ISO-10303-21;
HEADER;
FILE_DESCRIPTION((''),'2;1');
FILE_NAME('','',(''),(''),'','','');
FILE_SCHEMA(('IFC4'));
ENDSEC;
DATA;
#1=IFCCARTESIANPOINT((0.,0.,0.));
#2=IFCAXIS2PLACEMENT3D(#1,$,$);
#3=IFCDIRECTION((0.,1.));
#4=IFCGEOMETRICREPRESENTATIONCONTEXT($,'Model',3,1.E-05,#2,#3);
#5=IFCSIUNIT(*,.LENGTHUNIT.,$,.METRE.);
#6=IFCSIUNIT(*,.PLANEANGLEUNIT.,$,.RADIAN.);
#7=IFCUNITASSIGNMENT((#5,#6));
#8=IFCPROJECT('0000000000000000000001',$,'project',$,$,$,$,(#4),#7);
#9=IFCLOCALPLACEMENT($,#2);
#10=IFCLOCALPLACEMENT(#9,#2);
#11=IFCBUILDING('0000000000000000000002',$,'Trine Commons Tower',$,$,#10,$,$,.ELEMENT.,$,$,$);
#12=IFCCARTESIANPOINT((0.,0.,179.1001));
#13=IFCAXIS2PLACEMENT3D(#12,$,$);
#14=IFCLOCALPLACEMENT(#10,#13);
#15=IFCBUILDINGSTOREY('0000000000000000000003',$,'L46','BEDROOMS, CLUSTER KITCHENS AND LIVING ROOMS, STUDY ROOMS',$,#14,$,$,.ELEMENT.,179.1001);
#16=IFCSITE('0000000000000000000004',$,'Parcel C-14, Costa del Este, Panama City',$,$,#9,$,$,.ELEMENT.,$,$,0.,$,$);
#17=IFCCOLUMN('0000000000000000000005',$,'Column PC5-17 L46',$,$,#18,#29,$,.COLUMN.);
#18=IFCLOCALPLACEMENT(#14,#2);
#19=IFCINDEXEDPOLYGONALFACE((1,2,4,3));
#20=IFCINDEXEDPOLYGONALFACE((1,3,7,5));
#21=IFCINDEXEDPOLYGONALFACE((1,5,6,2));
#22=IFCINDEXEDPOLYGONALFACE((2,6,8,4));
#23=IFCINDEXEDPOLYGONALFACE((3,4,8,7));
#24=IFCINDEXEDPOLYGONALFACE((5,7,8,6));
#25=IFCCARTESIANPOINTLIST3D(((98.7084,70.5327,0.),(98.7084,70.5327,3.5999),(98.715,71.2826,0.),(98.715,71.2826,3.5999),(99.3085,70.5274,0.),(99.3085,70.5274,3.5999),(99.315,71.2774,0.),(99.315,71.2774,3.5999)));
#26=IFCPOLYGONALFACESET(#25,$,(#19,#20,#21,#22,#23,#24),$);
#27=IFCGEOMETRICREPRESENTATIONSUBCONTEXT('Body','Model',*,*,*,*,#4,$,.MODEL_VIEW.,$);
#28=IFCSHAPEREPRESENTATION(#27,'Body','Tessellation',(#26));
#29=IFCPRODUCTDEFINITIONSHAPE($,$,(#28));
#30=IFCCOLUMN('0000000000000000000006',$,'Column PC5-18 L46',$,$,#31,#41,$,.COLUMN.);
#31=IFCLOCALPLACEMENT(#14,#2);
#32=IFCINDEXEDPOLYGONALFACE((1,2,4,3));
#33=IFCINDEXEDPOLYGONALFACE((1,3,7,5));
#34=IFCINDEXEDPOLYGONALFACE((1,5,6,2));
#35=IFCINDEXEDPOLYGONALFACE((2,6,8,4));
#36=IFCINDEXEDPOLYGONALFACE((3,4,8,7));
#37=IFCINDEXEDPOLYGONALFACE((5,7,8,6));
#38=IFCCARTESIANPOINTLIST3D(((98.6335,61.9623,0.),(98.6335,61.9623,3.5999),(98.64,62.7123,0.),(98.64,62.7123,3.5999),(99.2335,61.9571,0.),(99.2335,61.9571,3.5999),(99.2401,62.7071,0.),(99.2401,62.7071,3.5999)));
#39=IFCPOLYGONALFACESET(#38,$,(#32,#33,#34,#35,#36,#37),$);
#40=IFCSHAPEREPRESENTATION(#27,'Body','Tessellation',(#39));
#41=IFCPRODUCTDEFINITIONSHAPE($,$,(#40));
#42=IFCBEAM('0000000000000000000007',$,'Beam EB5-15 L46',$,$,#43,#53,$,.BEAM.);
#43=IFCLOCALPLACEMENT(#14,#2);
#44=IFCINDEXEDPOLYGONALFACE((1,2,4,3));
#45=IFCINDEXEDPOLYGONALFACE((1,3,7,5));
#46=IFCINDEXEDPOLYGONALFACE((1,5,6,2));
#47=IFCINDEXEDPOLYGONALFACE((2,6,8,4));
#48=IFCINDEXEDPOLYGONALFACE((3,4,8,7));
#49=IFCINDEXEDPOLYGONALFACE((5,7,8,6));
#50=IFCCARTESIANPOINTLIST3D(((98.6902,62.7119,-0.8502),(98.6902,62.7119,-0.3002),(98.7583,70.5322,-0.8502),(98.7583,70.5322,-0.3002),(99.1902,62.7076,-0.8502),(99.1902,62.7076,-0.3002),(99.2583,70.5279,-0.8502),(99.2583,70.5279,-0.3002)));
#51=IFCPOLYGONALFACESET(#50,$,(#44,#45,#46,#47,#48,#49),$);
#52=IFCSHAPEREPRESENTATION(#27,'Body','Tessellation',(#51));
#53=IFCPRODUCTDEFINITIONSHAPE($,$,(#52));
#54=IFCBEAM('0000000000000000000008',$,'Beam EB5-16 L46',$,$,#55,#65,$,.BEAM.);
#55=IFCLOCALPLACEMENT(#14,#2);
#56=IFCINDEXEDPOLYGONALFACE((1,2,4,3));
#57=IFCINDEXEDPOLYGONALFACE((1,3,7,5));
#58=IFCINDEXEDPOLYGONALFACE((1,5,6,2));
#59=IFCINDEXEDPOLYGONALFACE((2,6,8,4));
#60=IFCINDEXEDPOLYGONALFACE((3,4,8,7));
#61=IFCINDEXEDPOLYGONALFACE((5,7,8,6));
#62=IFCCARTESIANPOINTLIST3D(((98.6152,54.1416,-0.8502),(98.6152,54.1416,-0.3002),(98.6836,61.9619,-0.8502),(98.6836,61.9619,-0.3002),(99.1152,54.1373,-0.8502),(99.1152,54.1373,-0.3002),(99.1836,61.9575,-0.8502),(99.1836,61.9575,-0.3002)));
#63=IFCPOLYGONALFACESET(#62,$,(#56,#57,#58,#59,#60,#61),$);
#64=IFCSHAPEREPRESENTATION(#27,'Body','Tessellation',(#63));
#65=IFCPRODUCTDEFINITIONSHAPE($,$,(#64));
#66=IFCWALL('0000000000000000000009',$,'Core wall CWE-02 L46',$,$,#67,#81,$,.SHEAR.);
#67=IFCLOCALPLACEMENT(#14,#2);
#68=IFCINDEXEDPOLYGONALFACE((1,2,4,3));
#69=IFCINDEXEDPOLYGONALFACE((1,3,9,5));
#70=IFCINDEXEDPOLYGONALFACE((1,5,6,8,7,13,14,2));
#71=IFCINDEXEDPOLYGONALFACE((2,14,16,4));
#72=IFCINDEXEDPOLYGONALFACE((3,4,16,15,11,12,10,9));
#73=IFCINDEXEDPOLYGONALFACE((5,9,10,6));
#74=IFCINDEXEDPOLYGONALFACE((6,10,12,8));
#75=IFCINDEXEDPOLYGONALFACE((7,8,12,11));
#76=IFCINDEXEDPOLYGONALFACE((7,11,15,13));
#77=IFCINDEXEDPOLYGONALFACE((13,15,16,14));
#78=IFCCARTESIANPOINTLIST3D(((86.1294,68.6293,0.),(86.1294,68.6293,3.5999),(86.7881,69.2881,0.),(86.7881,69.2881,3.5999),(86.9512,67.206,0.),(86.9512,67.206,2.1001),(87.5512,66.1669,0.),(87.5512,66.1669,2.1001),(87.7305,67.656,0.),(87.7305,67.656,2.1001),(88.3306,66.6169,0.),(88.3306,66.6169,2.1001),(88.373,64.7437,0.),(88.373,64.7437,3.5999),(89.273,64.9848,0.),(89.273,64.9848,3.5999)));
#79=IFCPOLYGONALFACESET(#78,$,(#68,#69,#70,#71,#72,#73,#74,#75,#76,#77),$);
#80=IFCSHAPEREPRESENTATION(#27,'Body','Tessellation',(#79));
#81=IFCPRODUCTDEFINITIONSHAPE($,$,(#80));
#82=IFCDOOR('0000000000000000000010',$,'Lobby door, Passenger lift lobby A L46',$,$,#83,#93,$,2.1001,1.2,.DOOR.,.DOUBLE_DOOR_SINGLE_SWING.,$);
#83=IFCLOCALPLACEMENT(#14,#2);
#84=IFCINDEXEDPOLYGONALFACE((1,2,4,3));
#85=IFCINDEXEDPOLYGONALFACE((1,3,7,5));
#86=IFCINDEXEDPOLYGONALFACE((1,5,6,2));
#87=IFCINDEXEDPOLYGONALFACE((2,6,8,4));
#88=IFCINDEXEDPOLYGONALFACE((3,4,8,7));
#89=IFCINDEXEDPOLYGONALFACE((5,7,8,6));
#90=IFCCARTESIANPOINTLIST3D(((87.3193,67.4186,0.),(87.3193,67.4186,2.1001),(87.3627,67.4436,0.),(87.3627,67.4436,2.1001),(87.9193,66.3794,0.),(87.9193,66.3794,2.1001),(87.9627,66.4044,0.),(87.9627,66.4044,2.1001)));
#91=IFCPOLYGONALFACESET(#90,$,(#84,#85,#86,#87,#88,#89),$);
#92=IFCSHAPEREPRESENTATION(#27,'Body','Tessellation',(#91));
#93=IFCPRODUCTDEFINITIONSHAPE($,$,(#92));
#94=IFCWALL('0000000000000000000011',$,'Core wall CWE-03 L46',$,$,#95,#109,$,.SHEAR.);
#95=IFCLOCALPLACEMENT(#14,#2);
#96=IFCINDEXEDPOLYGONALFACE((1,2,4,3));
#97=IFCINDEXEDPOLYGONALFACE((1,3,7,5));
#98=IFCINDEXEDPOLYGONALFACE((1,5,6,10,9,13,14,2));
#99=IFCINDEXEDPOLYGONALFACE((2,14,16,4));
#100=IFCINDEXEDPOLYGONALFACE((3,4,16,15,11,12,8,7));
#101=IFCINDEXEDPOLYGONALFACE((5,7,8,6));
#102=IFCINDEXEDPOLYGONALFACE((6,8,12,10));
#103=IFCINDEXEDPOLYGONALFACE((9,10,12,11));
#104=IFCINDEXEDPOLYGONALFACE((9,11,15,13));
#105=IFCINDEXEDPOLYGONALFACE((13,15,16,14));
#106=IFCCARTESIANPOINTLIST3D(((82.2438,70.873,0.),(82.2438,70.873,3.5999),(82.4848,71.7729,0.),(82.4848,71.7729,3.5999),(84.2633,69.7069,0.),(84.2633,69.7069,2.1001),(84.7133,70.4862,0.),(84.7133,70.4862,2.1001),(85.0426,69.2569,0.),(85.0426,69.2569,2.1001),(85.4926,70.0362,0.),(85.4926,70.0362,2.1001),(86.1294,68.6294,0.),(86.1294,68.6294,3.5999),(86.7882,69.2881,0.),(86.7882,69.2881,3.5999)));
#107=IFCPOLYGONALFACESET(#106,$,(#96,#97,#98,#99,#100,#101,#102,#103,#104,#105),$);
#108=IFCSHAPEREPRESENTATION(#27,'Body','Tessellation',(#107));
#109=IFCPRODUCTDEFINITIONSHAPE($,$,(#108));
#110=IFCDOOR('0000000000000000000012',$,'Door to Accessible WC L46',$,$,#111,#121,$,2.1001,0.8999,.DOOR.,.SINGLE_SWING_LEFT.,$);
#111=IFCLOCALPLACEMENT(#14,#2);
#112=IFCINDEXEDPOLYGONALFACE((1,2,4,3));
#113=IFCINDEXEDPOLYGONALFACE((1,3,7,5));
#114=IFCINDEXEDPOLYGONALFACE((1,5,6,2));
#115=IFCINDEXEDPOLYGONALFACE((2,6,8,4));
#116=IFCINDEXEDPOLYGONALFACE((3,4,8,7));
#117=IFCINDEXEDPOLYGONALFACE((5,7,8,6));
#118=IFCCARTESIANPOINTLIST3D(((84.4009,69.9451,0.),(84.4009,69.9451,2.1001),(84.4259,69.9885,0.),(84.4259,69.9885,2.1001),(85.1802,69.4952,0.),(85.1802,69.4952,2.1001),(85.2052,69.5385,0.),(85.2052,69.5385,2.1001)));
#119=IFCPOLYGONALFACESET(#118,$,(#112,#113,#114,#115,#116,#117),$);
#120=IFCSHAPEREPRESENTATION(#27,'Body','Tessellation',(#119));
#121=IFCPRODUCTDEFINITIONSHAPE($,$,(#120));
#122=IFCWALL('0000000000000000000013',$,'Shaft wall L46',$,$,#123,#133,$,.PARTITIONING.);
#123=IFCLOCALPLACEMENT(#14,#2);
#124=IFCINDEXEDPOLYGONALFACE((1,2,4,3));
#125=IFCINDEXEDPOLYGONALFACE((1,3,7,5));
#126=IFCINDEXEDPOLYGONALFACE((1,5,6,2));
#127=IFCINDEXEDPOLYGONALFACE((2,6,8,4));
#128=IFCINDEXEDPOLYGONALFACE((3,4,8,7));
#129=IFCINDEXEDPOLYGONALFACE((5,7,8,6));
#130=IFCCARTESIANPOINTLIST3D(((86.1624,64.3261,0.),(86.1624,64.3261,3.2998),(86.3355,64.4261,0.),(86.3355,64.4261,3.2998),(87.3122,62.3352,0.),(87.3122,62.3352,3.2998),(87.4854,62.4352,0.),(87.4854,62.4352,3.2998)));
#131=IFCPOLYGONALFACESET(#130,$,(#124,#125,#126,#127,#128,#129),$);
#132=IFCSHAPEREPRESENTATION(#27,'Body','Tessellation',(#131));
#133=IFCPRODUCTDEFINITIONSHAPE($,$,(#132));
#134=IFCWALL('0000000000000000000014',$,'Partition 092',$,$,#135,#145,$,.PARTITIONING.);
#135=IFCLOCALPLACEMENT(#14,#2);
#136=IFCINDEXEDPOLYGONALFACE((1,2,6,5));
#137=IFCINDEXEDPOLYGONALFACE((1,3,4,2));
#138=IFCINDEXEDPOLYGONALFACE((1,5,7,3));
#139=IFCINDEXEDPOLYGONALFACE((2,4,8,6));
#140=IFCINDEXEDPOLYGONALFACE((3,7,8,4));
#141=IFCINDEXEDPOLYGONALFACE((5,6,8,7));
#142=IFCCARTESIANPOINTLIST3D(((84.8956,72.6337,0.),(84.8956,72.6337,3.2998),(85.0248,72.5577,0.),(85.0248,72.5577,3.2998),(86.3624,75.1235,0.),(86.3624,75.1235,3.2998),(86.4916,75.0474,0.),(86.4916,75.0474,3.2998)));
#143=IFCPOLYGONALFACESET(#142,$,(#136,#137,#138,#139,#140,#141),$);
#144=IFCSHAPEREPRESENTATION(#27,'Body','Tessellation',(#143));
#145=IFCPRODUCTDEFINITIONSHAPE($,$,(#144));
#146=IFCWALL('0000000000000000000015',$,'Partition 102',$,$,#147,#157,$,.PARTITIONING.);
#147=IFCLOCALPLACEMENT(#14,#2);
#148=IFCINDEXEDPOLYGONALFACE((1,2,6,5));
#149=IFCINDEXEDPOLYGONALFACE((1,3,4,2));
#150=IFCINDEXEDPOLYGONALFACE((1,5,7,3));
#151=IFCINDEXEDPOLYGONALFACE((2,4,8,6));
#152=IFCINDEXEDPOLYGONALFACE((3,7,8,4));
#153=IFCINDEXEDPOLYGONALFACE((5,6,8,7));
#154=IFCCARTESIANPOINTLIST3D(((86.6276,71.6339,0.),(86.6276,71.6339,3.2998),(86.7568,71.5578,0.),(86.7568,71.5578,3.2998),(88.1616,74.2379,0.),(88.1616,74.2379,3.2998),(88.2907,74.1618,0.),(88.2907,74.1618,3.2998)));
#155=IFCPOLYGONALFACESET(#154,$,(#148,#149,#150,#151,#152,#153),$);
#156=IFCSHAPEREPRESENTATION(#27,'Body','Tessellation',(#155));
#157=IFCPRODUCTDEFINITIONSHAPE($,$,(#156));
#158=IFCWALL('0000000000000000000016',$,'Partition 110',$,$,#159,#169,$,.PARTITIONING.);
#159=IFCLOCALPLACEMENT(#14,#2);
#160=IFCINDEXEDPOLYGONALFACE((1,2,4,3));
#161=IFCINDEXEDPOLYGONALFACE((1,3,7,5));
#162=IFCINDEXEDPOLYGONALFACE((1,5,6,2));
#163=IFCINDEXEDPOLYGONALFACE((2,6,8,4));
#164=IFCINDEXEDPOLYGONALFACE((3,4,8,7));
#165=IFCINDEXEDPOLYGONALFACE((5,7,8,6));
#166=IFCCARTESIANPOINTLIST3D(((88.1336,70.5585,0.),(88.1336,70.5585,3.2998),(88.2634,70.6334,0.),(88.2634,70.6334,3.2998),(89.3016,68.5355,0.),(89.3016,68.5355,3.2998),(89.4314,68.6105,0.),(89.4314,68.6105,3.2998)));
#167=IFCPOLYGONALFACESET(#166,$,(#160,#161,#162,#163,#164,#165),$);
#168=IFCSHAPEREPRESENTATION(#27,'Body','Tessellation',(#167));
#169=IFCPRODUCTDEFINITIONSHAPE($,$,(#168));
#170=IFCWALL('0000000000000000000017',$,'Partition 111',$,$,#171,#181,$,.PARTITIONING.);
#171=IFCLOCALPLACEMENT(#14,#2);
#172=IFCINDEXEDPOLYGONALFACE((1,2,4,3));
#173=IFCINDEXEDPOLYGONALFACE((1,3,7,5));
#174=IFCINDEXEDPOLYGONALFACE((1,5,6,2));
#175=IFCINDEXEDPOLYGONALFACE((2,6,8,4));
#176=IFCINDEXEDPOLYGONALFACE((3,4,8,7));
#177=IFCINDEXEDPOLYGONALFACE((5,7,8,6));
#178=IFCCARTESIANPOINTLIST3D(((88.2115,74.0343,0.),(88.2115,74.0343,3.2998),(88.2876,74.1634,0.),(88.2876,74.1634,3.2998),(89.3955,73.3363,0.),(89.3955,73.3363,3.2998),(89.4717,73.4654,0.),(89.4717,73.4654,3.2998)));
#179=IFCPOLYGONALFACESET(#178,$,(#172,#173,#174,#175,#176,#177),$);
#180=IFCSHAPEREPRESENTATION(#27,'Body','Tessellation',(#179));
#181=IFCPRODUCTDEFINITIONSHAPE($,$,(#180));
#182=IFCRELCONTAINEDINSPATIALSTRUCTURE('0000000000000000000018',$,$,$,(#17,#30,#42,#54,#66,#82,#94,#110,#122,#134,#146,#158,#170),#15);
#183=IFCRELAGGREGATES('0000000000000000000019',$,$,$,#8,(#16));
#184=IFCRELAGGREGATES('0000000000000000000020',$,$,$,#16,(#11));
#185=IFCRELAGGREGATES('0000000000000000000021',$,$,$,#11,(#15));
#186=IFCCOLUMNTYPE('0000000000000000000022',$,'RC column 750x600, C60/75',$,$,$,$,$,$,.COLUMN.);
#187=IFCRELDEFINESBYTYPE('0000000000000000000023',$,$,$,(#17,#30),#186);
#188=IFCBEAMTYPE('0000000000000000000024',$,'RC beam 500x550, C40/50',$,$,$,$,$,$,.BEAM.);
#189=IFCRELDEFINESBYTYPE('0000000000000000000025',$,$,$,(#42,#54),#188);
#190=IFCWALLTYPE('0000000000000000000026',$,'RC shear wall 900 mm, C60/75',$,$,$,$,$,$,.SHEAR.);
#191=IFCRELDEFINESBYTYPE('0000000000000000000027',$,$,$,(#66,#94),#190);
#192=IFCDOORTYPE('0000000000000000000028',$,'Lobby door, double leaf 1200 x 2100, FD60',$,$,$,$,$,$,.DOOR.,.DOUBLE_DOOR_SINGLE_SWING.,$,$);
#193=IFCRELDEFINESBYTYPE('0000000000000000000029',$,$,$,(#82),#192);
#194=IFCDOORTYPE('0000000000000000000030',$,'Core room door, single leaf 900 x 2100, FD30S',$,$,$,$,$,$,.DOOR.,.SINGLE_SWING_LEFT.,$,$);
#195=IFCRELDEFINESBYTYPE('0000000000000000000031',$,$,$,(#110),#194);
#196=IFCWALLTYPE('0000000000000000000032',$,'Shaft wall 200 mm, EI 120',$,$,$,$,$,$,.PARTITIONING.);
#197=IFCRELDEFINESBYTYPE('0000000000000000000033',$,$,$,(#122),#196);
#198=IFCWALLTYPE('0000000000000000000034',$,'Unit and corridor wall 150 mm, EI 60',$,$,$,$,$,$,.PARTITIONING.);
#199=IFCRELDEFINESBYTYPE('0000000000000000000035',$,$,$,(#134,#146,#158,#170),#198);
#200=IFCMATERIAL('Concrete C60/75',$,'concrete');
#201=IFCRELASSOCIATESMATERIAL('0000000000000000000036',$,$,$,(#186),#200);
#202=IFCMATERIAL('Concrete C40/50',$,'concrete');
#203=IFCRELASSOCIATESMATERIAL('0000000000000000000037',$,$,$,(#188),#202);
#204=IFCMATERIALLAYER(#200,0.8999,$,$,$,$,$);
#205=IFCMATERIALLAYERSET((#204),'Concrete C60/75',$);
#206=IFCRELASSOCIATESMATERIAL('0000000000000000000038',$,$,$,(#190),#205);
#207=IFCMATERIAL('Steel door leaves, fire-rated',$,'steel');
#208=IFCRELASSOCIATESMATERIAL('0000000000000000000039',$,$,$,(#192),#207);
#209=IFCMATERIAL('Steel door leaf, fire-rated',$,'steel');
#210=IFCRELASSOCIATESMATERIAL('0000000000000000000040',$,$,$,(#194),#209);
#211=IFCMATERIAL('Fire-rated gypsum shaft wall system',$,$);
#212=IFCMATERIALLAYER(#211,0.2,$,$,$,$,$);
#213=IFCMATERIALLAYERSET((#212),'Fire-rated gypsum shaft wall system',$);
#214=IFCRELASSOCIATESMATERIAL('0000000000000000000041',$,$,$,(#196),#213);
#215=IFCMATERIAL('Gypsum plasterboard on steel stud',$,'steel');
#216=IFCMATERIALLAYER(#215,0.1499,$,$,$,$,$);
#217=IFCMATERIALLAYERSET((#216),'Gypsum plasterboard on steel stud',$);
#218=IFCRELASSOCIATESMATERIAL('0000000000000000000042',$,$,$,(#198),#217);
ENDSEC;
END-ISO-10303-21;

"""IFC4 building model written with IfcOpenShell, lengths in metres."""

from ifc_helpers import new_model, si_unit, direction, frame, frame_2d, origin, origin_2d, place, context, subcontext, project, spatial, polyline, rectangle, outline, extrude, material, layer, layer_set, material_profile, profile_set, type_object, element, fill, save


model = new_model("IFC4")

# Units and contexts
model_context = context("Model", 3, precision=1e-05, world=origin(), true_north=direction((0.0, 1.0)))
body_context = subcontext(model_context, "Body", "Model", "MODEL_VIEW")
ifc_project = project(units=[si_unit("LENGTHUNIT", "METRE"), si_unit("PLANEANGLEUNIT", "RADIAN")], contexts=[model_context])

# Site, building, storey
site_placement = place(None, origin())
site = spatial("IfcSite", under=ifc_project, at=site_placement, Name="Parcel C-14, Costa del Este, Panama City", CompositionType="ELEMENT", RefElevation=0.0)
building_placement = place(site_placement, origin())
building = spatial("IfcBuilding", under=site, at=building_placement, Name="Trine Commons Tower", CompositionType="ELEMENT")
storey_placement = place(building_placement, frame((0.0, 0.0, 179.1001)))
storey = spatial("IfcBuildingStorey", under=building, at=storey_placement, Name="L46", Description="BEDROOMS, CLUSTER KITCHENS AND LIVING ROOMS, STUDY ROOMS", CompositionType="ELEMENT", Elevation=179.1001)

# Columns
ifc_material_1 = material(Name="Concrete C60/75", Category="concrete")
ifc_material_profile_1 = material_profile(ifc_material_1, rectangle(XDim=0.75, YDim=0.6001, at=origin_2d()), Name="RC 750x600")
ifc_profile_set_1 = profile_set([ifc_material_profile_1], Name="Concrete C60/75")
column_type = type_object("IfcColumnType", Name="RC column 750x600, C60/75", PredefinedType="COLUMN", material=ifc_profile_set_1)
for number, where, z_axis, x_axis, name in (
    (1, (99.0117, 70.905, 0.0), (0.0, 0.0, 1.0), (0.008727, 0.999962, 0.0), "Column PC5-17 L46"),
    (2, (98.9368, 62.3347, 0.0), (0.0, 0.0, 1.0), (0.008727, 0.999962, 0.0), "Column PC5-18 L46"),
):
    element("IfcColumn", number, at=place(storey_placement, frame(where, z_axis=z_axis, x_axis=x_axis)), inside=storey, type_object=column_type, Name=name, PredefinedType="COLUMN", context=body_context, shape_type="SweptSolid", body=[
        extrude(rectangle(XDim=0.75, YDim=0.6001, at=origin_2d()), origin(), (0.0, 0.0, 1.0), 3.5999),
    ])

# Beams
ifc_material_2 = material(Name="Concrete C40/50", Category="concrete")
ifc_material_profile_2 = material_profile(ifc_material_2, rectangle(XDim=0.5, YDim=0.55, at=origin_2d()), Name="RC 500x550")
ifc_profile_set_2 = profile_set([ifc_material_profile_2], Name="Concrete C40/50")
beam_type = type_object("IfcBeamType", Name="RC beam 500x550, C40/50", PredefinedType="BEAM", material=ifc_profile_set_2)
for number, where, z_axis, x_axis, name in (
    (3, (99.0083, 70.53, -0.5752), (-0.00871, -0.999962, 0.0), (0.999962, -0.00871, 0.0), "Beam EB5-15 L46"),
    (4, (98.9336, 61.9597, -0.5752), (-0.008741, -0.999962, 0.0), (0.999962, -0.008741, 0.0), "Beam EB5-16 L46"),
):
    element("IfcBeam", number, at=place(storey_placement, frame(where, z_axis=z_axis, x_axis=x_axis)), inside=storey, type_object=beam_type, Name=name, PredefinedType="BEAM", context=body_context, shape_type="SweptSolid", body=[
        extrude(rectangle(XDim=0.5, YDim=0.55, at=origin_2d()), origin(), (0.0, 0.0, 1.0), 7.8206),
    ])

# Walls, openings, doors
ifc_layer_1 = layer(ifc_material_1, 0.8999)
ifc_layer_set_1 = layer_set([ifc_layer_1], Name="Concrete C60/75")
wall_type_1 = type_object("IfcWallType", Name="RC shear wall 900 mm, C60/75", PredefinedType="SHEAR", material=ifc_layer_set_1)
wall_1_placement = place(storey_placement, frame((88.8833, 64.7598, 0.0), z_axis=(0.0, 0.0, 1.0), x_axis=(-0.500039, 0.866003, 0.0)))
wall_1 = element("IfcWall", 5, at=wall_1_placement, inside=storey, type_object=wall_type_1, Name="Core wall CWE-02 L46", PredefinedType="SHEAR", context=body_context, shape_type="SweptSolid", body=[
    extrude(outline(polyline([(0.0, -0.45), (4.9692, -0.45), (4.728, 0.45), (0.2412, 0.45), (0.0, -0.45)])), origin(), (0.0, 0.0, 1.0), 3.5999),
])
opening_1_placement = place(wall_1_placement, frame((1.8845, 0.0, 0.0)))
opening_1 = element("IfcOpeningElement", 6, at=opening_1_placement, cuts=wall_1, PredefinedType="OPENING", context=body_context, shape_type="SweptSolid", body=[
    extrude(rectangle(XDim=1.2, YDim=2.1001, at=frame_2d((0.6001, 1.05))), frame((0.0, 0.46, 0.0), z_axis=(0.0, -1.0, 0.0), x_axis=(1.0, 0.0, 0.0)), (0.0, 0.0, 1.0), 0.9199),
])
ifc_material_3 = material(Name="Steel door leaves, fire-rated", Category="steel")
door_type_1 = type_object("IfcDoorType", Name="Lobby door, double leaf 1200 x 2100, FD60", OperationType="DOUBLE_DOOR_SINGLE_SWING", PredefinedType="DOOR", material=ifc_material_3)
door_1_placement = place(opening_1_placement, origin())
door_1 = element("IfcDoor", 7, at=door_1_placement, inside=storey, type_object=door_type_1, Name="Lobby door, Passenger lift lobby A L46", OperationType="DOUBLE_DOOR_SINGLE_SWING", OverallHeight=2.1001, OverallWidth=1.2, PredefinedType="DOOR", context=body_context, shape_type="SweptSolid", body=[
    extrude(rectangle(XDim=1.2, YDim=2.1001, at=frame_2d((0.6001, 1.05))), frame((0.0, 0.0249, 0.0), z_axis=(0.0, -1.0, 0.0), x_axis=(1.0, 0.0, 0.0)), (0.0, 0.0, 1.0), 0.05),
])
fill(opening_1, door_1)
wall_2_placement = place(storey_placement, frame((86.5632, 68.8984, 0.0), z_axis=(0.0, 0.0, 1.0), x_axis=(-0.866003, 0.500039, 0.0)))
wall_2 = element("IfcWall", 8, at=wall_2_placement, inside=storey, type_object=wall_type_1, Name="Core wall CWE-03 L46", PredefinedType="SHEAR", context=body_context, shape_type="SweptSolid", body=[
    extrude(outline(polyline([(0.0, -0.45), (4.9692, -0.45), (4.728, 0.45), (0.2412, 0.45), (0.0, -0.45)])), origin(), (0.0, 0.0, 1.0), 3.5999),
])
opening_2_placement = place(wall_2_placement, frame((1.4961, 0.0, 0.0)))
opening_2 = element("IfcOpeningElement", 9, at=opening_2_placement, cuts=wall_2, PredefinedType="OPENING", context=body_context, shape_type="SweptSolid", body=[
    extrude(rectangle(XDim=0.8999, YDim=2.1001, at=frame_2d((0.45, 1.05))), frame((0.0, 0.46, 0.0), z_axis=(0.0, -1.0, 0.0), x_axis=(1.0, 0.0, 0.0)), (0.0, 0.0, 1.0), 0.9199),
])
ifc_material_4 = material(Name="Steel door leaf, fire-rated", Category="steel")
door_type_2 = type_object("IfcDoorType", Name="Core room door, single leaf 900 x 2100, FD30S", OperationType="SINGLE_SWING_LEFT", PredefinedType="DOOR", material=ifc_material_4)
door_2_placement = place(opening_2_placement, origin())
door_2 = element("IfcDoor", 10, at=door_2_placement, inside=storey, type_object=door_type_2, Name="Door to Accessible WC L46", OperationType="SINGLE_SWING_LEFT", OverallHeight=2.1001, OverallWidth=0.8999, PredefinedType="DOOR", context=body_context, shape_type="SweptSolid", body=[
    extrude(rectangle(XDim=0.8999, YDim=2.1001, at=frame_2d((0.45, 1.05))), frame((0.0, 0.1748, 0.0), z_axis=(0.0, -1.0, 0.0), x_axis=(1.0, 0.0, 0.0)), (0.0, 0.0, 1.0), 0.05),
])
fill(opening_2, door_2)

# Walls
ifc_material_5 = material(Name="Fire-rated gypsum shaft wall system")
ifc_layer_2 = layer(ifc_material_5, 0.2)
ifc_layer_set_2 = layer_set([ifc_layer_2], Name="Fire-rated gypsum shaft wall system")
wall_type_2 = type_object("IfcWallType", Name="Shaft wall 200 mm, EI 120", PredefinedType="PARTITIONING", material=ifc_layer_set_2)
wall_3_placement = place(storey_placement, frame((86.249, 64.376, 0.0), z_axis=(0.0, 0.0, 1.0), x_axis=(0.500136, -0.865947, 0.0)))
element("IfcWall", 11, at=wall_3_placement, inside=storey, type_object=wall_type_2, Name="Shaft wall L46", PredefinedType="PARTITIONING", context=body_context, shape_type="SweptSolid", body=[
    extrude(rectangle(XDim=2.2991, YDim=0.2, at=frame_2d((1.1494, 0.0))), origin(), (0.0, 0.0, 1.0), 3.2998),
])
ifc_material_6 = material(Name="Gypsum plasterboard on steel stud", Category="steel")
ifc_layer_3 = layer(ifc_material_6, 0.1499)
ifc_layer_set_3 = layer_set([ifc_layer_3], Name="Gypsum plasterboard on steel stud")
wall_type_3 = type_object("IfcWallType", Name="Unit and corridor wall 150 mm, EI 60", PredefinedType="PARTITIONING", material=ifc_layer_set_3)
wall_4_placement = place(storey_placement, frame((84.9602, 72.5957, 0.0), z_axis=(0.0, 0.0, 1.0), x_axis=(0.507596, 0.861595, 0.0)))
element("IfcWall", 12, at=wall_4_placement, inside=storey, type_object=wall_type_3, Name="Partition 092", PredefinedType="PARTITIONING", context=body_context, shape_type="SweptSolid", body=[
    extrude(rectangle(XDim=2.8896, YDim=0.1499, at=frame_2d((1.4448, 0.0))), origin(), (0.0, 0.0, 1.0), 3.2998),
])
wall_5_placement = place(storey_placement, frame((86.6921, 71.5957, 0.0), z_axis=(0.0, 0.0, 1.0), x_axis=(0.507553, 0.86162, 0.0)))
element("IfcWall", 13, at=wall_5_placement, inside=storey, type_object=wall_type_3, Name="Partition 102", PredefinedType="PARTITIONING", context=body_context, shape_type="SweptSolid", body=[
    extrude(rectangle(XDim=3.0222, YDim=0.1499, at=frame_2d((1.5112, 0.0))), origin(), (0.0, 0.0, 1.0), 3.2998),
])
wall_6_placement = place(storey_placement, frame((88.1985, 70.5959, 0.0), z_axis=(0.0, 0.0, 1.0), x_axis=(0.500006, -0.866022, 0.0)))
element("IfcWall", 14, at=wall_6_placement, inside=storey, type_object=wall_type_3, Name="Partition 110", PredefinedType="PARTITIONING", context=body_context, shape_type="SweptSolid", body=[
    extrude(rectangle(XDim=2.3359, YDim=0.1499, at=frame_2d((1.168, 0.0))), origin(), (0.0, 0.0, 1.0), 3.2998),
])
wall_7_placement = place(storey_placement, frame((88.2495, 74.0989, 0.0), z_axis=(0.0, 0.0, 1.0), x_axis=(0.861464, -0.507819, 0.0)))
element("IfcWall", 15, at=wall_7_placement, inside=storey, type_object=wall_type_3, Name="Partition 111", PredefinedType="PARTITIONING", context=body_context, shape_type="SweptSolid", body=[
    extrude(rectangle(XDim=1.3745, YDim=0.1499, at=frame_2d((0.6873, 0.0))), origin(), (0.0, 0.0, 1.0), 3.2998),
])

save(model, "model.ifc")
